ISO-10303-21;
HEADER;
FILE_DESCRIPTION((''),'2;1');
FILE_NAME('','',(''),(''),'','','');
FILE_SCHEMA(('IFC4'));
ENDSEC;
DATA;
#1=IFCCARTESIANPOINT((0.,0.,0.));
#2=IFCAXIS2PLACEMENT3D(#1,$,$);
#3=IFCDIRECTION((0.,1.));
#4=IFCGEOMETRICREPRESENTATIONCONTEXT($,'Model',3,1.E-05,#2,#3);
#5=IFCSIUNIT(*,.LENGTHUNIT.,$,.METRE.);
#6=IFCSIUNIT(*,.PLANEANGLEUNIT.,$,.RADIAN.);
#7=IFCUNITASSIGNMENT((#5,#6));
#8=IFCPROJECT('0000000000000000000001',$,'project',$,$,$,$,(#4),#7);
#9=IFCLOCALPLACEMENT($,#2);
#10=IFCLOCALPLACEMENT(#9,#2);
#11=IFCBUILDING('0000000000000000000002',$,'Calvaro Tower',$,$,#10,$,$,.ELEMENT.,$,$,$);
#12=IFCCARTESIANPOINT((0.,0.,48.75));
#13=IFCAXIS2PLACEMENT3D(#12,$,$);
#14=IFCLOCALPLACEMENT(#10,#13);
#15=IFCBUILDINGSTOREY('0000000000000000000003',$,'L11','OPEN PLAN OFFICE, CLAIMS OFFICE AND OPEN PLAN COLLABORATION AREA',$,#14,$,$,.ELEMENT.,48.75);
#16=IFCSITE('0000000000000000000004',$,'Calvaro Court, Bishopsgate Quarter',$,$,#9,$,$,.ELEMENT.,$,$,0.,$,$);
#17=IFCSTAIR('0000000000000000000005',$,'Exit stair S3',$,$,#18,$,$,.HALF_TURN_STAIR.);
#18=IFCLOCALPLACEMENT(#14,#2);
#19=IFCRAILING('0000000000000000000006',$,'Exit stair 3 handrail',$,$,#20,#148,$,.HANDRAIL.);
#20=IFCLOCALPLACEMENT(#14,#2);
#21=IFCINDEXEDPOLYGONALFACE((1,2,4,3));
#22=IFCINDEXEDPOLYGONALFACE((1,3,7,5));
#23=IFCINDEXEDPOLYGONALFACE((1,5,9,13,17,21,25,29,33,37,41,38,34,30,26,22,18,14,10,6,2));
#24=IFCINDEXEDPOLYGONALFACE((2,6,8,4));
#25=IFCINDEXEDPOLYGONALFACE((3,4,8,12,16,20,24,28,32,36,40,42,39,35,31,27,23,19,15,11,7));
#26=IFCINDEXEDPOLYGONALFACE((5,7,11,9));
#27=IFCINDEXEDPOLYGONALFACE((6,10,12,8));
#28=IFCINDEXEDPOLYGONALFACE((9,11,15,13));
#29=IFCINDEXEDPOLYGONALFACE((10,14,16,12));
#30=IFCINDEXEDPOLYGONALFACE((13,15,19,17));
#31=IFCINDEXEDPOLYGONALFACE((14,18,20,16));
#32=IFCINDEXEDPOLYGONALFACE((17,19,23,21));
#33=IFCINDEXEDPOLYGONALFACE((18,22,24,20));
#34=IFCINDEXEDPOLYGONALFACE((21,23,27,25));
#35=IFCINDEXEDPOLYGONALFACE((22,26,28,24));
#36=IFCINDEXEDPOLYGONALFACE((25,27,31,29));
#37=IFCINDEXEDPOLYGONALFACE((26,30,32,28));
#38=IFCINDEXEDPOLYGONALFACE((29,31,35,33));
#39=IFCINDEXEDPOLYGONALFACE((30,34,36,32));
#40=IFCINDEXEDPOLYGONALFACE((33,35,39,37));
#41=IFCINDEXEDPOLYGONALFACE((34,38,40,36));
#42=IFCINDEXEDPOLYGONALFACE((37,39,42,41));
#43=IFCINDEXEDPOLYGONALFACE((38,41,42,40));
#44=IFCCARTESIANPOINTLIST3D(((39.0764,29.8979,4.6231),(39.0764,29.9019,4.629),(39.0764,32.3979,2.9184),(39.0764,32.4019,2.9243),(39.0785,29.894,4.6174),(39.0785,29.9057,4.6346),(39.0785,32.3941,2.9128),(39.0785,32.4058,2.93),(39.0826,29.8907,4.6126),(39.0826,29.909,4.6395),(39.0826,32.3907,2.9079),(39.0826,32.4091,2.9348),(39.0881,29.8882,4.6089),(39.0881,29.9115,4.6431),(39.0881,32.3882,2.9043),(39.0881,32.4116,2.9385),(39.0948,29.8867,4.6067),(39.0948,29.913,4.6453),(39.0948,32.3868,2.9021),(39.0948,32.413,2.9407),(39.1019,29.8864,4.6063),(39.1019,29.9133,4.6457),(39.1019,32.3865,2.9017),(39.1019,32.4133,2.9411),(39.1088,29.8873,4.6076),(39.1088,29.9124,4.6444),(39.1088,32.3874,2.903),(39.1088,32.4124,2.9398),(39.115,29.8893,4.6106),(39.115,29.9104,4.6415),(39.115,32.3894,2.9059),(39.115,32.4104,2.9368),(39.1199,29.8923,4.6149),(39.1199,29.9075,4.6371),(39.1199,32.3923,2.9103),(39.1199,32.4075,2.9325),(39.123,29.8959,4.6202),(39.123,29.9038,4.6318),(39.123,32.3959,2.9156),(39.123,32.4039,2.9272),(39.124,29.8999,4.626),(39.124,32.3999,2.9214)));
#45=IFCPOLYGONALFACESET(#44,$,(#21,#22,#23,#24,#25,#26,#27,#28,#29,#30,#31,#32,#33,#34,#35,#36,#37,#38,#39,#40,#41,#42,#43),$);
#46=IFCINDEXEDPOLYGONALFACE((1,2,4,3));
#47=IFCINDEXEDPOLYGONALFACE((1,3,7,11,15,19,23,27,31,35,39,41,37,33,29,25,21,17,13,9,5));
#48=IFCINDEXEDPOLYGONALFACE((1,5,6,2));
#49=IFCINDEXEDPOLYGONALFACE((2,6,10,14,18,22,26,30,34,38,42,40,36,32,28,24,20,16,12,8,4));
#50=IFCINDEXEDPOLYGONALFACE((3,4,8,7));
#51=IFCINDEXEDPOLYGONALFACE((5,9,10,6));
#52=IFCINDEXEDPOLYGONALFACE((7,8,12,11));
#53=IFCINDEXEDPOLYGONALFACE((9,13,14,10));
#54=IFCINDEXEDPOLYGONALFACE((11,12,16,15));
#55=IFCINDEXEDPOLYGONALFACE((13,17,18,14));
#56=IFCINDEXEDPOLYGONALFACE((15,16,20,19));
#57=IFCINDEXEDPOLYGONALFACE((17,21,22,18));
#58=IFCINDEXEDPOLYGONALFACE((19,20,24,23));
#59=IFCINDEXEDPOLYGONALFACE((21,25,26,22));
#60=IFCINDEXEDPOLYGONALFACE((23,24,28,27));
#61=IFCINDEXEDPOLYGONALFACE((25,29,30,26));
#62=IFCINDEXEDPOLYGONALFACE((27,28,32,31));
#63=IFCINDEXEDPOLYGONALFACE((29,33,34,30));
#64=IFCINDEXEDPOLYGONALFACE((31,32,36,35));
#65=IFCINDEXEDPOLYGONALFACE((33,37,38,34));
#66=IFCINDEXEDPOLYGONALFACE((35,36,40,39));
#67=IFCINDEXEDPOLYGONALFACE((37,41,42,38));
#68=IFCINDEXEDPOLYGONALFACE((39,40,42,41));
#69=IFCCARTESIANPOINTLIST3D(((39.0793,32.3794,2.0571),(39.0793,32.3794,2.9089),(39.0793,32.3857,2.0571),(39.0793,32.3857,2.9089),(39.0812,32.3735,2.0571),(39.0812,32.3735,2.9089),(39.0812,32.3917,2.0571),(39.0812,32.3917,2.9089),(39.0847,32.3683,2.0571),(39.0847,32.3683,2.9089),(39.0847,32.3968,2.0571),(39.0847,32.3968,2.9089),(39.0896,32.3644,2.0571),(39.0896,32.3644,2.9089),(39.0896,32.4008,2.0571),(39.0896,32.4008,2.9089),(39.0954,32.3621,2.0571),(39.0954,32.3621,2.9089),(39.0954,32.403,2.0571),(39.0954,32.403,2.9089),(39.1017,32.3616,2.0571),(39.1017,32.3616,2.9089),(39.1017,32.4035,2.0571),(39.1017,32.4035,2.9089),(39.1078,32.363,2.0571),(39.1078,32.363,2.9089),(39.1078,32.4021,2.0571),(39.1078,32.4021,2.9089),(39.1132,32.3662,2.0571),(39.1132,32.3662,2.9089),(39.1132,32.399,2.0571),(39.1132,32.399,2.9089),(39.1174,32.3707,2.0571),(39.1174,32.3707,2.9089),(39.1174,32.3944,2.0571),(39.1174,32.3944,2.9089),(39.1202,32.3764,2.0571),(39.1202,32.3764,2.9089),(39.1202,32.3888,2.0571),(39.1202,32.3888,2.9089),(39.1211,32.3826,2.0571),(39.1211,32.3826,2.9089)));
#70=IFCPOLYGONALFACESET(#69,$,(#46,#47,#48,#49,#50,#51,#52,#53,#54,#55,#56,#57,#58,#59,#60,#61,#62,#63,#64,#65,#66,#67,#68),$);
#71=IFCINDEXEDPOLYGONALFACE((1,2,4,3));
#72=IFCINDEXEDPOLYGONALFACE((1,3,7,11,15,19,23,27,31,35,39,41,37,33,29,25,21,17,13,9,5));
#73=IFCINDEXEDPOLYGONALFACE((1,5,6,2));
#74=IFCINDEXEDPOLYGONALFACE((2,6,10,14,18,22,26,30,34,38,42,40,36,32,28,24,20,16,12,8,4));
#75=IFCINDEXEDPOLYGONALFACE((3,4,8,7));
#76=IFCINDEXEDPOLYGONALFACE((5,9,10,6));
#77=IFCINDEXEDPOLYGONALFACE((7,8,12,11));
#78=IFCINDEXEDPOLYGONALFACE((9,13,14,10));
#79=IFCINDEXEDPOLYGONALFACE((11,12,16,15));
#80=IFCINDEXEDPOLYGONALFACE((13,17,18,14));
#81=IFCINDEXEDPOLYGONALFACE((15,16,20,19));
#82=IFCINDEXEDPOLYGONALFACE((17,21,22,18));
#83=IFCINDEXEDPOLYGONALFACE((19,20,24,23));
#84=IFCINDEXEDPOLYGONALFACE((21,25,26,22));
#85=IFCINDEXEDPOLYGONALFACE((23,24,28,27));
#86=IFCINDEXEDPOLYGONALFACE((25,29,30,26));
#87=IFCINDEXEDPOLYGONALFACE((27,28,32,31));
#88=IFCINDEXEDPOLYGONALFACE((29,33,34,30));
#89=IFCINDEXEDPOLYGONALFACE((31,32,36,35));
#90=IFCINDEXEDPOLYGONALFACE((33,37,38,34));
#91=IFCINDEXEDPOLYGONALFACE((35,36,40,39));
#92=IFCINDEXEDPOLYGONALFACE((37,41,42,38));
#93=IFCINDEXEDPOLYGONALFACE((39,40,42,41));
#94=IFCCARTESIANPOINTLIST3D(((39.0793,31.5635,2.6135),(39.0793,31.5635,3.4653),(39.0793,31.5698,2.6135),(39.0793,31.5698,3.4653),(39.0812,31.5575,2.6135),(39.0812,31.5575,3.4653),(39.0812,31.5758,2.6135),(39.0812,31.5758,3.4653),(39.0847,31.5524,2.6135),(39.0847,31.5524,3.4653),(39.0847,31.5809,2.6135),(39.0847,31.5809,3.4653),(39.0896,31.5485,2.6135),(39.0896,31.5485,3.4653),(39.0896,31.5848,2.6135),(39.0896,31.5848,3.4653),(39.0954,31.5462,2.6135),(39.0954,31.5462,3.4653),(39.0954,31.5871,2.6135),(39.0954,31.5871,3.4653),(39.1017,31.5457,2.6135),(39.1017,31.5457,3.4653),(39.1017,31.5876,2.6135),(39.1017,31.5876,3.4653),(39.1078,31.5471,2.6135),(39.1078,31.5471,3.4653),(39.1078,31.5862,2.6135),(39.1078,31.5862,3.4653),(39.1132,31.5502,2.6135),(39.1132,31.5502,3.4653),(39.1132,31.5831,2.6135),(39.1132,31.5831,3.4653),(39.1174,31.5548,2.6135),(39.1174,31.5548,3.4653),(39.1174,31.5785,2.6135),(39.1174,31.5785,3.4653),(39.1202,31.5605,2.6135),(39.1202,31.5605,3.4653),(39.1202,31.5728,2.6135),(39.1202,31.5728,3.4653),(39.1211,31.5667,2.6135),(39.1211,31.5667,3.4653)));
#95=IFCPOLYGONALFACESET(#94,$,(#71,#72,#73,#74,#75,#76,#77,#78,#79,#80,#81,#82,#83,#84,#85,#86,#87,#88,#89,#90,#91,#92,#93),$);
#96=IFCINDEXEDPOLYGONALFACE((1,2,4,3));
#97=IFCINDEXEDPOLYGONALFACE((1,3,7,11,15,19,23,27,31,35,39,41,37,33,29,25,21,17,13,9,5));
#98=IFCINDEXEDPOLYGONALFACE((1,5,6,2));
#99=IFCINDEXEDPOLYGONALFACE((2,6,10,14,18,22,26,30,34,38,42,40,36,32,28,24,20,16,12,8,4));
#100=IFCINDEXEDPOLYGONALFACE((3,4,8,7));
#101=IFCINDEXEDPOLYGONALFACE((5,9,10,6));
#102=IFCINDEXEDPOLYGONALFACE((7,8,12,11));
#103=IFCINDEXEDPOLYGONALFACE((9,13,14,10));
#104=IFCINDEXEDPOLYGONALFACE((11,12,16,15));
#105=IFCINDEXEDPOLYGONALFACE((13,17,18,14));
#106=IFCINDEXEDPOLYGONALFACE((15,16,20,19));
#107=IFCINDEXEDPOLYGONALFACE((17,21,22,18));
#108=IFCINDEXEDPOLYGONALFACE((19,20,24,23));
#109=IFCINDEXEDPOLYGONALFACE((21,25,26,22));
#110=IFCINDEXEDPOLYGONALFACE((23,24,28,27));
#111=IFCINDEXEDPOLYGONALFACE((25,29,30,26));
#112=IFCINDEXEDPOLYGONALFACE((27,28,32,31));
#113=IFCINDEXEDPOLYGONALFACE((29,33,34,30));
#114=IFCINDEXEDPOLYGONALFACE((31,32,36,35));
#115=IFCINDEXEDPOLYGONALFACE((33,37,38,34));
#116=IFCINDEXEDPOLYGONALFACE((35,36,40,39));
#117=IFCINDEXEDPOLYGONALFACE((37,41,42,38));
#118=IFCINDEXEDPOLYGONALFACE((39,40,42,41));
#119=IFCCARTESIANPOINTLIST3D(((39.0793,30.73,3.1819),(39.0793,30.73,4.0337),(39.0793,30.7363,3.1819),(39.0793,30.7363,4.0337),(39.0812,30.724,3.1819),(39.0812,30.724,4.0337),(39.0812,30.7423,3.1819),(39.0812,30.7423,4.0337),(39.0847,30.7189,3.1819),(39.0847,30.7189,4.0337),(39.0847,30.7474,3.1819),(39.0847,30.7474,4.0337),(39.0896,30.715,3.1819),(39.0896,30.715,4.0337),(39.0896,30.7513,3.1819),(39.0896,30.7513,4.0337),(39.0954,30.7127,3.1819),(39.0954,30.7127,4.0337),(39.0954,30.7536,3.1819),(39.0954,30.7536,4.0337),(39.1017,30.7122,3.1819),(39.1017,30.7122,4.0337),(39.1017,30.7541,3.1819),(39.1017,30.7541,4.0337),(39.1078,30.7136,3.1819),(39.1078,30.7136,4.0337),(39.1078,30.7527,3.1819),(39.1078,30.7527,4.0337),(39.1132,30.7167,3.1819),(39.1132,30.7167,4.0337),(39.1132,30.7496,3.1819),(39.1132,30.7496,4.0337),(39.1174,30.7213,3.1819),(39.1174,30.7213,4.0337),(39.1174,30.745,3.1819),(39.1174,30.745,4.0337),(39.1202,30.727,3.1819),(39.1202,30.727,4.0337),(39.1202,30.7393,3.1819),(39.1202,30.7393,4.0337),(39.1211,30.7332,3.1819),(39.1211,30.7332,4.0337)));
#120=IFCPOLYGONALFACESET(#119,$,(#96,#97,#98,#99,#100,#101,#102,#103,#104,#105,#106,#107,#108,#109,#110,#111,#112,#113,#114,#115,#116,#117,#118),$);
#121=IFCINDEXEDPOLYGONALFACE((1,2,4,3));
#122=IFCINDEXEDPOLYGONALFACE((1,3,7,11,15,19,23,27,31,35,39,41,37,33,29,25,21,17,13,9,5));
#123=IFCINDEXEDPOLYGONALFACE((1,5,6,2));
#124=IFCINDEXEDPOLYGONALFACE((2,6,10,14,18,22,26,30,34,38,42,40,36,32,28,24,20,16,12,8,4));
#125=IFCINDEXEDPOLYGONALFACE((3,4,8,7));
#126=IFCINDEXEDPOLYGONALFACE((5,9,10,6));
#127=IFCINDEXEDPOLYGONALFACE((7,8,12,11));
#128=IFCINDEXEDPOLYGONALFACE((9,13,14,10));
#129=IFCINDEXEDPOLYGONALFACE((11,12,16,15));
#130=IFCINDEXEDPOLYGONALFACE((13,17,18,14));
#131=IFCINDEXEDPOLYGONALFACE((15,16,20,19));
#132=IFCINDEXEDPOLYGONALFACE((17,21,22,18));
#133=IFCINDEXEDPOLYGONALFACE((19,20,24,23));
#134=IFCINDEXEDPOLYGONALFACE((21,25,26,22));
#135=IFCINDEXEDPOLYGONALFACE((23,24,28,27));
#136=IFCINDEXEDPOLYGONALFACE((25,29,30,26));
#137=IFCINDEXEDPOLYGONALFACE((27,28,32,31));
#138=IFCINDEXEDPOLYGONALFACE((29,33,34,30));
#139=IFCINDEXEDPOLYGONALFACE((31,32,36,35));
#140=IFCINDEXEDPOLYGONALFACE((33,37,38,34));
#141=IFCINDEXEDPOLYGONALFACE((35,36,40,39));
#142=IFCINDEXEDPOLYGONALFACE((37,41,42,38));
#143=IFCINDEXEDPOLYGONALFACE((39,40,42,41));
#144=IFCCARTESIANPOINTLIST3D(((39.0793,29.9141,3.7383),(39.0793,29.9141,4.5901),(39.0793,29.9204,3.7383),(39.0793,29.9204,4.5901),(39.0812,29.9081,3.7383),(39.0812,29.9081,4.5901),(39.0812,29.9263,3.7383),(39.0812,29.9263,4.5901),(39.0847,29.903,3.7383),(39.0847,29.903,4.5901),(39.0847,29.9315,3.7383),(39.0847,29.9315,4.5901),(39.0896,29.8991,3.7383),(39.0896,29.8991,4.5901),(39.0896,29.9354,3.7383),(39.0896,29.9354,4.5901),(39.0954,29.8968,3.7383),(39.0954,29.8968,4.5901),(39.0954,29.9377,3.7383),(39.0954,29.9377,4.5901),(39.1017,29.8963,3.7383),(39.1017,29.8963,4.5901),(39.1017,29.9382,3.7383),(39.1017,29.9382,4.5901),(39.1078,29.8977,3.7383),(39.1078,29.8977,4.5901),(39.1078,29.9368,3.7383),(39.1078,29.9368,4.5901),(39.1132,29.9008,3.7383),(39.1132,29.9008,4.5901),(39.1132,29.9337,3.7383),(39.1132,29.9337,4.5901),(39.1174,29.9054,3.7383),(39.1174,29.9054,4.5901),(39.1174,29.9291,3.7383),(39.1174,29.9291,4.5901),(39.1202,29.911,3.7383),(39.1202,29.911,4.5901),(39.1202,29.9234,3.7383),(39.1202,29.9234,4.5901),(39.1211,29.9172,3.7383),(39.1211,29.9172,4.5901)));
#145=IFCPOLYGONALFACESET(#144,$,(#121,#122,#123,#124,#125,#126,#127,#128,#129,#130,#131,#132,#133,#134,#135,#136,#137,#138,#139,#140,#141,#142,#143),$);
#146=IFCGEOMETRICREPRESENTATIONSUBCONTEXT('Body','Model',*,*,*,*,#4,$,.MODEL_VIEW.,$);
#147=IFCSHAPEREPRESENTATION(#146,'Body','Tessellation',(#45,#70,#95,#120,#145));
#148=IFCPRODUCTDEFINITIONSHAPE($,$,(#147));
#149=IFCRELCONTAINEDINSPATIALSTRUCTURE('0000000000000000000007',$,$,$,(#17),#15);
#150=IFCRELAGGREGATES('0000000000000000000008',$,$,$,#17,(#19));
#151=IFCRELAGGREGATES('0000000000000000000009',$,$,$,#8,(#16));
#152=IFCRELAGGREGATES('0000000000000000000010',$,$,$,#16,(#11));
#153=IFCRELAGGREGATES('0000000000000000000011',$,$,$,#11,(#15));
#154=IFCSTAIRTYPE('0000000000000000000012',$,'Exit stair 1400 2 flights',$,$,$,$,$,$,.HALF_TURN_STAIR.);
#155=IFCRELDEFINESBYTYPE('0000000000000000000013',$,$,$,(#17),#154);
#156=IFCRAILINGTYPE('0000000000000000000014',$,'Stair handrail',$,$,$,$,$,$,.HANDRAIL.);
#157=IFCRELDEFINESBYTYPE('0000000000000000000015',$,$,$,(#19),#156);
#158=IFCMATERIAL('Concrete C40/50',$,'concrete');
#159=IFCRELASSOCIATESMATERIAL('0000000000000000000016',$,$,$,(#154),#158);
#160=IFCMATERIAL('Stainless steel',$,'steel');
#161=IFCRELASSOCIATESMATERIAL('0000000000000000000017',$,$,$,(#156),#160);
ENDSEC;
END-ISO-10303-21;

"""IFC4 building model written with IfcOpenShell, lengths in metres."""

from ifc_helpers import new_model, si_unit, direction, frame, origin, origin_2d, place, context, subcontext, project, spatial, circle, extrude, material, type_object, element, aggregate, save


model = new_model("IFC4")

# Units and contexts
model_context = context("Model", 3, precision=1e-05, world=origin(), true_north=direction((0.0, 1.0)))
body_context = subcontext(model_context, "Body", "Model", "MODEL_VIEW")
ifc_project = project(units=[si_unit("LENGTHUNIT", "METRE"), si_unit("PLANEANGLEUNIT", "RADIAN")], contexts=[model_context])

# Site, building, storey
site_placement = place(None, origin())
site = spatial("IfcSite", under=ifc_project, at=site_placement, Name="Calvaro Court, Bishopsgate Quarter", CompositionType="ELEMENT", RefElevation=0.0)
building_placement = place(site_placement, origin())
building = spatial("IfcBuilding", under=site, at=building_placement, Name="Calvaro Tower", CompositionType="ELEMENT")
storey_placement = place(building_placement, frame((0.0, 0.0, 48.75)))
storey = spatial("IfcBuildingStorey", under=building, at=storey_placement, Name="L11", Description="OPEN PLAN OFFICE, CLAIMS OFFICE AND OPEN PLAN COLLABORATION AREA", CompositionType="ELEMENT", Elevation=48.75)

# Stair
ifc_material_1 = material(Name="Concrete C40/50", Category="concrete")
stair_type = type_object("IfcStairType", Name="Exit stair 1400 2 flights", PredefinedType="HALF_TURN_STAIR", material=ifc_material_1)
stair_1_placement = place(storey_placement, origin())
stair_1 = element("IfcStair", 1, at=stair_1_placement, inside=storey, type_object=stair_type, Name="Exit stair S3", PredefinedType="HALF_TURN_STAIR")

# Railing
ifc_material_2 = material(Name="Stainless steel", Category="steel")
railing_type = type_object("IfcRailingType", Name="Stair handrail", PredefinedType="HANDRAIL", material=ifc_material_2)
railing_1_placement = place(storey_placement, frame((39.1001, 32.3999, 2.0454)))
railing_1 = element("IfcRailing", 2, at=railing_1_placement, type_object=railing_type, Name="Exit stair 3 handrail", PredefinedType="HANDRAIL", context=body_context, shape_type="SweptSolid", body=[
    extrude(circle(Radius=0.0239, at=origin_2d()), frame((0.0, 0.0, 0.876), z_axis=(0.0, -0.826221, 0.563347), x_axis=(1.0, 0.0, 0.0)), (0.0, 0.0, 1.0), 3.0259),
    extrude(circle(Radius=0.021, at=origin_2d()), frame((0.0, -0.0173, 0.0117)), (0.0, 0.0, 1.0), 0.8518),
    extrude(circle(Radius=0.021, at=origin_2d()), frame((0.0, -0.8333, 0.5681)), (0.0, 0.0, 1.0), 0.8518),
    extrude(circle(Radius=0.021, at=origin_2d()), frame((0.0, -1.6667, 1.1365)), (0.0, 0.0, 1.0), 0.8518),
    extrude(circle(Radius=0.021, at=origin_2d()), frame((0.0, -2.4827, 1.6929)), (0.0, 0.0, 1.0), 0.8518),
])
aggregate(stair_1, [railing_1])

save(model, "model.ifc")
